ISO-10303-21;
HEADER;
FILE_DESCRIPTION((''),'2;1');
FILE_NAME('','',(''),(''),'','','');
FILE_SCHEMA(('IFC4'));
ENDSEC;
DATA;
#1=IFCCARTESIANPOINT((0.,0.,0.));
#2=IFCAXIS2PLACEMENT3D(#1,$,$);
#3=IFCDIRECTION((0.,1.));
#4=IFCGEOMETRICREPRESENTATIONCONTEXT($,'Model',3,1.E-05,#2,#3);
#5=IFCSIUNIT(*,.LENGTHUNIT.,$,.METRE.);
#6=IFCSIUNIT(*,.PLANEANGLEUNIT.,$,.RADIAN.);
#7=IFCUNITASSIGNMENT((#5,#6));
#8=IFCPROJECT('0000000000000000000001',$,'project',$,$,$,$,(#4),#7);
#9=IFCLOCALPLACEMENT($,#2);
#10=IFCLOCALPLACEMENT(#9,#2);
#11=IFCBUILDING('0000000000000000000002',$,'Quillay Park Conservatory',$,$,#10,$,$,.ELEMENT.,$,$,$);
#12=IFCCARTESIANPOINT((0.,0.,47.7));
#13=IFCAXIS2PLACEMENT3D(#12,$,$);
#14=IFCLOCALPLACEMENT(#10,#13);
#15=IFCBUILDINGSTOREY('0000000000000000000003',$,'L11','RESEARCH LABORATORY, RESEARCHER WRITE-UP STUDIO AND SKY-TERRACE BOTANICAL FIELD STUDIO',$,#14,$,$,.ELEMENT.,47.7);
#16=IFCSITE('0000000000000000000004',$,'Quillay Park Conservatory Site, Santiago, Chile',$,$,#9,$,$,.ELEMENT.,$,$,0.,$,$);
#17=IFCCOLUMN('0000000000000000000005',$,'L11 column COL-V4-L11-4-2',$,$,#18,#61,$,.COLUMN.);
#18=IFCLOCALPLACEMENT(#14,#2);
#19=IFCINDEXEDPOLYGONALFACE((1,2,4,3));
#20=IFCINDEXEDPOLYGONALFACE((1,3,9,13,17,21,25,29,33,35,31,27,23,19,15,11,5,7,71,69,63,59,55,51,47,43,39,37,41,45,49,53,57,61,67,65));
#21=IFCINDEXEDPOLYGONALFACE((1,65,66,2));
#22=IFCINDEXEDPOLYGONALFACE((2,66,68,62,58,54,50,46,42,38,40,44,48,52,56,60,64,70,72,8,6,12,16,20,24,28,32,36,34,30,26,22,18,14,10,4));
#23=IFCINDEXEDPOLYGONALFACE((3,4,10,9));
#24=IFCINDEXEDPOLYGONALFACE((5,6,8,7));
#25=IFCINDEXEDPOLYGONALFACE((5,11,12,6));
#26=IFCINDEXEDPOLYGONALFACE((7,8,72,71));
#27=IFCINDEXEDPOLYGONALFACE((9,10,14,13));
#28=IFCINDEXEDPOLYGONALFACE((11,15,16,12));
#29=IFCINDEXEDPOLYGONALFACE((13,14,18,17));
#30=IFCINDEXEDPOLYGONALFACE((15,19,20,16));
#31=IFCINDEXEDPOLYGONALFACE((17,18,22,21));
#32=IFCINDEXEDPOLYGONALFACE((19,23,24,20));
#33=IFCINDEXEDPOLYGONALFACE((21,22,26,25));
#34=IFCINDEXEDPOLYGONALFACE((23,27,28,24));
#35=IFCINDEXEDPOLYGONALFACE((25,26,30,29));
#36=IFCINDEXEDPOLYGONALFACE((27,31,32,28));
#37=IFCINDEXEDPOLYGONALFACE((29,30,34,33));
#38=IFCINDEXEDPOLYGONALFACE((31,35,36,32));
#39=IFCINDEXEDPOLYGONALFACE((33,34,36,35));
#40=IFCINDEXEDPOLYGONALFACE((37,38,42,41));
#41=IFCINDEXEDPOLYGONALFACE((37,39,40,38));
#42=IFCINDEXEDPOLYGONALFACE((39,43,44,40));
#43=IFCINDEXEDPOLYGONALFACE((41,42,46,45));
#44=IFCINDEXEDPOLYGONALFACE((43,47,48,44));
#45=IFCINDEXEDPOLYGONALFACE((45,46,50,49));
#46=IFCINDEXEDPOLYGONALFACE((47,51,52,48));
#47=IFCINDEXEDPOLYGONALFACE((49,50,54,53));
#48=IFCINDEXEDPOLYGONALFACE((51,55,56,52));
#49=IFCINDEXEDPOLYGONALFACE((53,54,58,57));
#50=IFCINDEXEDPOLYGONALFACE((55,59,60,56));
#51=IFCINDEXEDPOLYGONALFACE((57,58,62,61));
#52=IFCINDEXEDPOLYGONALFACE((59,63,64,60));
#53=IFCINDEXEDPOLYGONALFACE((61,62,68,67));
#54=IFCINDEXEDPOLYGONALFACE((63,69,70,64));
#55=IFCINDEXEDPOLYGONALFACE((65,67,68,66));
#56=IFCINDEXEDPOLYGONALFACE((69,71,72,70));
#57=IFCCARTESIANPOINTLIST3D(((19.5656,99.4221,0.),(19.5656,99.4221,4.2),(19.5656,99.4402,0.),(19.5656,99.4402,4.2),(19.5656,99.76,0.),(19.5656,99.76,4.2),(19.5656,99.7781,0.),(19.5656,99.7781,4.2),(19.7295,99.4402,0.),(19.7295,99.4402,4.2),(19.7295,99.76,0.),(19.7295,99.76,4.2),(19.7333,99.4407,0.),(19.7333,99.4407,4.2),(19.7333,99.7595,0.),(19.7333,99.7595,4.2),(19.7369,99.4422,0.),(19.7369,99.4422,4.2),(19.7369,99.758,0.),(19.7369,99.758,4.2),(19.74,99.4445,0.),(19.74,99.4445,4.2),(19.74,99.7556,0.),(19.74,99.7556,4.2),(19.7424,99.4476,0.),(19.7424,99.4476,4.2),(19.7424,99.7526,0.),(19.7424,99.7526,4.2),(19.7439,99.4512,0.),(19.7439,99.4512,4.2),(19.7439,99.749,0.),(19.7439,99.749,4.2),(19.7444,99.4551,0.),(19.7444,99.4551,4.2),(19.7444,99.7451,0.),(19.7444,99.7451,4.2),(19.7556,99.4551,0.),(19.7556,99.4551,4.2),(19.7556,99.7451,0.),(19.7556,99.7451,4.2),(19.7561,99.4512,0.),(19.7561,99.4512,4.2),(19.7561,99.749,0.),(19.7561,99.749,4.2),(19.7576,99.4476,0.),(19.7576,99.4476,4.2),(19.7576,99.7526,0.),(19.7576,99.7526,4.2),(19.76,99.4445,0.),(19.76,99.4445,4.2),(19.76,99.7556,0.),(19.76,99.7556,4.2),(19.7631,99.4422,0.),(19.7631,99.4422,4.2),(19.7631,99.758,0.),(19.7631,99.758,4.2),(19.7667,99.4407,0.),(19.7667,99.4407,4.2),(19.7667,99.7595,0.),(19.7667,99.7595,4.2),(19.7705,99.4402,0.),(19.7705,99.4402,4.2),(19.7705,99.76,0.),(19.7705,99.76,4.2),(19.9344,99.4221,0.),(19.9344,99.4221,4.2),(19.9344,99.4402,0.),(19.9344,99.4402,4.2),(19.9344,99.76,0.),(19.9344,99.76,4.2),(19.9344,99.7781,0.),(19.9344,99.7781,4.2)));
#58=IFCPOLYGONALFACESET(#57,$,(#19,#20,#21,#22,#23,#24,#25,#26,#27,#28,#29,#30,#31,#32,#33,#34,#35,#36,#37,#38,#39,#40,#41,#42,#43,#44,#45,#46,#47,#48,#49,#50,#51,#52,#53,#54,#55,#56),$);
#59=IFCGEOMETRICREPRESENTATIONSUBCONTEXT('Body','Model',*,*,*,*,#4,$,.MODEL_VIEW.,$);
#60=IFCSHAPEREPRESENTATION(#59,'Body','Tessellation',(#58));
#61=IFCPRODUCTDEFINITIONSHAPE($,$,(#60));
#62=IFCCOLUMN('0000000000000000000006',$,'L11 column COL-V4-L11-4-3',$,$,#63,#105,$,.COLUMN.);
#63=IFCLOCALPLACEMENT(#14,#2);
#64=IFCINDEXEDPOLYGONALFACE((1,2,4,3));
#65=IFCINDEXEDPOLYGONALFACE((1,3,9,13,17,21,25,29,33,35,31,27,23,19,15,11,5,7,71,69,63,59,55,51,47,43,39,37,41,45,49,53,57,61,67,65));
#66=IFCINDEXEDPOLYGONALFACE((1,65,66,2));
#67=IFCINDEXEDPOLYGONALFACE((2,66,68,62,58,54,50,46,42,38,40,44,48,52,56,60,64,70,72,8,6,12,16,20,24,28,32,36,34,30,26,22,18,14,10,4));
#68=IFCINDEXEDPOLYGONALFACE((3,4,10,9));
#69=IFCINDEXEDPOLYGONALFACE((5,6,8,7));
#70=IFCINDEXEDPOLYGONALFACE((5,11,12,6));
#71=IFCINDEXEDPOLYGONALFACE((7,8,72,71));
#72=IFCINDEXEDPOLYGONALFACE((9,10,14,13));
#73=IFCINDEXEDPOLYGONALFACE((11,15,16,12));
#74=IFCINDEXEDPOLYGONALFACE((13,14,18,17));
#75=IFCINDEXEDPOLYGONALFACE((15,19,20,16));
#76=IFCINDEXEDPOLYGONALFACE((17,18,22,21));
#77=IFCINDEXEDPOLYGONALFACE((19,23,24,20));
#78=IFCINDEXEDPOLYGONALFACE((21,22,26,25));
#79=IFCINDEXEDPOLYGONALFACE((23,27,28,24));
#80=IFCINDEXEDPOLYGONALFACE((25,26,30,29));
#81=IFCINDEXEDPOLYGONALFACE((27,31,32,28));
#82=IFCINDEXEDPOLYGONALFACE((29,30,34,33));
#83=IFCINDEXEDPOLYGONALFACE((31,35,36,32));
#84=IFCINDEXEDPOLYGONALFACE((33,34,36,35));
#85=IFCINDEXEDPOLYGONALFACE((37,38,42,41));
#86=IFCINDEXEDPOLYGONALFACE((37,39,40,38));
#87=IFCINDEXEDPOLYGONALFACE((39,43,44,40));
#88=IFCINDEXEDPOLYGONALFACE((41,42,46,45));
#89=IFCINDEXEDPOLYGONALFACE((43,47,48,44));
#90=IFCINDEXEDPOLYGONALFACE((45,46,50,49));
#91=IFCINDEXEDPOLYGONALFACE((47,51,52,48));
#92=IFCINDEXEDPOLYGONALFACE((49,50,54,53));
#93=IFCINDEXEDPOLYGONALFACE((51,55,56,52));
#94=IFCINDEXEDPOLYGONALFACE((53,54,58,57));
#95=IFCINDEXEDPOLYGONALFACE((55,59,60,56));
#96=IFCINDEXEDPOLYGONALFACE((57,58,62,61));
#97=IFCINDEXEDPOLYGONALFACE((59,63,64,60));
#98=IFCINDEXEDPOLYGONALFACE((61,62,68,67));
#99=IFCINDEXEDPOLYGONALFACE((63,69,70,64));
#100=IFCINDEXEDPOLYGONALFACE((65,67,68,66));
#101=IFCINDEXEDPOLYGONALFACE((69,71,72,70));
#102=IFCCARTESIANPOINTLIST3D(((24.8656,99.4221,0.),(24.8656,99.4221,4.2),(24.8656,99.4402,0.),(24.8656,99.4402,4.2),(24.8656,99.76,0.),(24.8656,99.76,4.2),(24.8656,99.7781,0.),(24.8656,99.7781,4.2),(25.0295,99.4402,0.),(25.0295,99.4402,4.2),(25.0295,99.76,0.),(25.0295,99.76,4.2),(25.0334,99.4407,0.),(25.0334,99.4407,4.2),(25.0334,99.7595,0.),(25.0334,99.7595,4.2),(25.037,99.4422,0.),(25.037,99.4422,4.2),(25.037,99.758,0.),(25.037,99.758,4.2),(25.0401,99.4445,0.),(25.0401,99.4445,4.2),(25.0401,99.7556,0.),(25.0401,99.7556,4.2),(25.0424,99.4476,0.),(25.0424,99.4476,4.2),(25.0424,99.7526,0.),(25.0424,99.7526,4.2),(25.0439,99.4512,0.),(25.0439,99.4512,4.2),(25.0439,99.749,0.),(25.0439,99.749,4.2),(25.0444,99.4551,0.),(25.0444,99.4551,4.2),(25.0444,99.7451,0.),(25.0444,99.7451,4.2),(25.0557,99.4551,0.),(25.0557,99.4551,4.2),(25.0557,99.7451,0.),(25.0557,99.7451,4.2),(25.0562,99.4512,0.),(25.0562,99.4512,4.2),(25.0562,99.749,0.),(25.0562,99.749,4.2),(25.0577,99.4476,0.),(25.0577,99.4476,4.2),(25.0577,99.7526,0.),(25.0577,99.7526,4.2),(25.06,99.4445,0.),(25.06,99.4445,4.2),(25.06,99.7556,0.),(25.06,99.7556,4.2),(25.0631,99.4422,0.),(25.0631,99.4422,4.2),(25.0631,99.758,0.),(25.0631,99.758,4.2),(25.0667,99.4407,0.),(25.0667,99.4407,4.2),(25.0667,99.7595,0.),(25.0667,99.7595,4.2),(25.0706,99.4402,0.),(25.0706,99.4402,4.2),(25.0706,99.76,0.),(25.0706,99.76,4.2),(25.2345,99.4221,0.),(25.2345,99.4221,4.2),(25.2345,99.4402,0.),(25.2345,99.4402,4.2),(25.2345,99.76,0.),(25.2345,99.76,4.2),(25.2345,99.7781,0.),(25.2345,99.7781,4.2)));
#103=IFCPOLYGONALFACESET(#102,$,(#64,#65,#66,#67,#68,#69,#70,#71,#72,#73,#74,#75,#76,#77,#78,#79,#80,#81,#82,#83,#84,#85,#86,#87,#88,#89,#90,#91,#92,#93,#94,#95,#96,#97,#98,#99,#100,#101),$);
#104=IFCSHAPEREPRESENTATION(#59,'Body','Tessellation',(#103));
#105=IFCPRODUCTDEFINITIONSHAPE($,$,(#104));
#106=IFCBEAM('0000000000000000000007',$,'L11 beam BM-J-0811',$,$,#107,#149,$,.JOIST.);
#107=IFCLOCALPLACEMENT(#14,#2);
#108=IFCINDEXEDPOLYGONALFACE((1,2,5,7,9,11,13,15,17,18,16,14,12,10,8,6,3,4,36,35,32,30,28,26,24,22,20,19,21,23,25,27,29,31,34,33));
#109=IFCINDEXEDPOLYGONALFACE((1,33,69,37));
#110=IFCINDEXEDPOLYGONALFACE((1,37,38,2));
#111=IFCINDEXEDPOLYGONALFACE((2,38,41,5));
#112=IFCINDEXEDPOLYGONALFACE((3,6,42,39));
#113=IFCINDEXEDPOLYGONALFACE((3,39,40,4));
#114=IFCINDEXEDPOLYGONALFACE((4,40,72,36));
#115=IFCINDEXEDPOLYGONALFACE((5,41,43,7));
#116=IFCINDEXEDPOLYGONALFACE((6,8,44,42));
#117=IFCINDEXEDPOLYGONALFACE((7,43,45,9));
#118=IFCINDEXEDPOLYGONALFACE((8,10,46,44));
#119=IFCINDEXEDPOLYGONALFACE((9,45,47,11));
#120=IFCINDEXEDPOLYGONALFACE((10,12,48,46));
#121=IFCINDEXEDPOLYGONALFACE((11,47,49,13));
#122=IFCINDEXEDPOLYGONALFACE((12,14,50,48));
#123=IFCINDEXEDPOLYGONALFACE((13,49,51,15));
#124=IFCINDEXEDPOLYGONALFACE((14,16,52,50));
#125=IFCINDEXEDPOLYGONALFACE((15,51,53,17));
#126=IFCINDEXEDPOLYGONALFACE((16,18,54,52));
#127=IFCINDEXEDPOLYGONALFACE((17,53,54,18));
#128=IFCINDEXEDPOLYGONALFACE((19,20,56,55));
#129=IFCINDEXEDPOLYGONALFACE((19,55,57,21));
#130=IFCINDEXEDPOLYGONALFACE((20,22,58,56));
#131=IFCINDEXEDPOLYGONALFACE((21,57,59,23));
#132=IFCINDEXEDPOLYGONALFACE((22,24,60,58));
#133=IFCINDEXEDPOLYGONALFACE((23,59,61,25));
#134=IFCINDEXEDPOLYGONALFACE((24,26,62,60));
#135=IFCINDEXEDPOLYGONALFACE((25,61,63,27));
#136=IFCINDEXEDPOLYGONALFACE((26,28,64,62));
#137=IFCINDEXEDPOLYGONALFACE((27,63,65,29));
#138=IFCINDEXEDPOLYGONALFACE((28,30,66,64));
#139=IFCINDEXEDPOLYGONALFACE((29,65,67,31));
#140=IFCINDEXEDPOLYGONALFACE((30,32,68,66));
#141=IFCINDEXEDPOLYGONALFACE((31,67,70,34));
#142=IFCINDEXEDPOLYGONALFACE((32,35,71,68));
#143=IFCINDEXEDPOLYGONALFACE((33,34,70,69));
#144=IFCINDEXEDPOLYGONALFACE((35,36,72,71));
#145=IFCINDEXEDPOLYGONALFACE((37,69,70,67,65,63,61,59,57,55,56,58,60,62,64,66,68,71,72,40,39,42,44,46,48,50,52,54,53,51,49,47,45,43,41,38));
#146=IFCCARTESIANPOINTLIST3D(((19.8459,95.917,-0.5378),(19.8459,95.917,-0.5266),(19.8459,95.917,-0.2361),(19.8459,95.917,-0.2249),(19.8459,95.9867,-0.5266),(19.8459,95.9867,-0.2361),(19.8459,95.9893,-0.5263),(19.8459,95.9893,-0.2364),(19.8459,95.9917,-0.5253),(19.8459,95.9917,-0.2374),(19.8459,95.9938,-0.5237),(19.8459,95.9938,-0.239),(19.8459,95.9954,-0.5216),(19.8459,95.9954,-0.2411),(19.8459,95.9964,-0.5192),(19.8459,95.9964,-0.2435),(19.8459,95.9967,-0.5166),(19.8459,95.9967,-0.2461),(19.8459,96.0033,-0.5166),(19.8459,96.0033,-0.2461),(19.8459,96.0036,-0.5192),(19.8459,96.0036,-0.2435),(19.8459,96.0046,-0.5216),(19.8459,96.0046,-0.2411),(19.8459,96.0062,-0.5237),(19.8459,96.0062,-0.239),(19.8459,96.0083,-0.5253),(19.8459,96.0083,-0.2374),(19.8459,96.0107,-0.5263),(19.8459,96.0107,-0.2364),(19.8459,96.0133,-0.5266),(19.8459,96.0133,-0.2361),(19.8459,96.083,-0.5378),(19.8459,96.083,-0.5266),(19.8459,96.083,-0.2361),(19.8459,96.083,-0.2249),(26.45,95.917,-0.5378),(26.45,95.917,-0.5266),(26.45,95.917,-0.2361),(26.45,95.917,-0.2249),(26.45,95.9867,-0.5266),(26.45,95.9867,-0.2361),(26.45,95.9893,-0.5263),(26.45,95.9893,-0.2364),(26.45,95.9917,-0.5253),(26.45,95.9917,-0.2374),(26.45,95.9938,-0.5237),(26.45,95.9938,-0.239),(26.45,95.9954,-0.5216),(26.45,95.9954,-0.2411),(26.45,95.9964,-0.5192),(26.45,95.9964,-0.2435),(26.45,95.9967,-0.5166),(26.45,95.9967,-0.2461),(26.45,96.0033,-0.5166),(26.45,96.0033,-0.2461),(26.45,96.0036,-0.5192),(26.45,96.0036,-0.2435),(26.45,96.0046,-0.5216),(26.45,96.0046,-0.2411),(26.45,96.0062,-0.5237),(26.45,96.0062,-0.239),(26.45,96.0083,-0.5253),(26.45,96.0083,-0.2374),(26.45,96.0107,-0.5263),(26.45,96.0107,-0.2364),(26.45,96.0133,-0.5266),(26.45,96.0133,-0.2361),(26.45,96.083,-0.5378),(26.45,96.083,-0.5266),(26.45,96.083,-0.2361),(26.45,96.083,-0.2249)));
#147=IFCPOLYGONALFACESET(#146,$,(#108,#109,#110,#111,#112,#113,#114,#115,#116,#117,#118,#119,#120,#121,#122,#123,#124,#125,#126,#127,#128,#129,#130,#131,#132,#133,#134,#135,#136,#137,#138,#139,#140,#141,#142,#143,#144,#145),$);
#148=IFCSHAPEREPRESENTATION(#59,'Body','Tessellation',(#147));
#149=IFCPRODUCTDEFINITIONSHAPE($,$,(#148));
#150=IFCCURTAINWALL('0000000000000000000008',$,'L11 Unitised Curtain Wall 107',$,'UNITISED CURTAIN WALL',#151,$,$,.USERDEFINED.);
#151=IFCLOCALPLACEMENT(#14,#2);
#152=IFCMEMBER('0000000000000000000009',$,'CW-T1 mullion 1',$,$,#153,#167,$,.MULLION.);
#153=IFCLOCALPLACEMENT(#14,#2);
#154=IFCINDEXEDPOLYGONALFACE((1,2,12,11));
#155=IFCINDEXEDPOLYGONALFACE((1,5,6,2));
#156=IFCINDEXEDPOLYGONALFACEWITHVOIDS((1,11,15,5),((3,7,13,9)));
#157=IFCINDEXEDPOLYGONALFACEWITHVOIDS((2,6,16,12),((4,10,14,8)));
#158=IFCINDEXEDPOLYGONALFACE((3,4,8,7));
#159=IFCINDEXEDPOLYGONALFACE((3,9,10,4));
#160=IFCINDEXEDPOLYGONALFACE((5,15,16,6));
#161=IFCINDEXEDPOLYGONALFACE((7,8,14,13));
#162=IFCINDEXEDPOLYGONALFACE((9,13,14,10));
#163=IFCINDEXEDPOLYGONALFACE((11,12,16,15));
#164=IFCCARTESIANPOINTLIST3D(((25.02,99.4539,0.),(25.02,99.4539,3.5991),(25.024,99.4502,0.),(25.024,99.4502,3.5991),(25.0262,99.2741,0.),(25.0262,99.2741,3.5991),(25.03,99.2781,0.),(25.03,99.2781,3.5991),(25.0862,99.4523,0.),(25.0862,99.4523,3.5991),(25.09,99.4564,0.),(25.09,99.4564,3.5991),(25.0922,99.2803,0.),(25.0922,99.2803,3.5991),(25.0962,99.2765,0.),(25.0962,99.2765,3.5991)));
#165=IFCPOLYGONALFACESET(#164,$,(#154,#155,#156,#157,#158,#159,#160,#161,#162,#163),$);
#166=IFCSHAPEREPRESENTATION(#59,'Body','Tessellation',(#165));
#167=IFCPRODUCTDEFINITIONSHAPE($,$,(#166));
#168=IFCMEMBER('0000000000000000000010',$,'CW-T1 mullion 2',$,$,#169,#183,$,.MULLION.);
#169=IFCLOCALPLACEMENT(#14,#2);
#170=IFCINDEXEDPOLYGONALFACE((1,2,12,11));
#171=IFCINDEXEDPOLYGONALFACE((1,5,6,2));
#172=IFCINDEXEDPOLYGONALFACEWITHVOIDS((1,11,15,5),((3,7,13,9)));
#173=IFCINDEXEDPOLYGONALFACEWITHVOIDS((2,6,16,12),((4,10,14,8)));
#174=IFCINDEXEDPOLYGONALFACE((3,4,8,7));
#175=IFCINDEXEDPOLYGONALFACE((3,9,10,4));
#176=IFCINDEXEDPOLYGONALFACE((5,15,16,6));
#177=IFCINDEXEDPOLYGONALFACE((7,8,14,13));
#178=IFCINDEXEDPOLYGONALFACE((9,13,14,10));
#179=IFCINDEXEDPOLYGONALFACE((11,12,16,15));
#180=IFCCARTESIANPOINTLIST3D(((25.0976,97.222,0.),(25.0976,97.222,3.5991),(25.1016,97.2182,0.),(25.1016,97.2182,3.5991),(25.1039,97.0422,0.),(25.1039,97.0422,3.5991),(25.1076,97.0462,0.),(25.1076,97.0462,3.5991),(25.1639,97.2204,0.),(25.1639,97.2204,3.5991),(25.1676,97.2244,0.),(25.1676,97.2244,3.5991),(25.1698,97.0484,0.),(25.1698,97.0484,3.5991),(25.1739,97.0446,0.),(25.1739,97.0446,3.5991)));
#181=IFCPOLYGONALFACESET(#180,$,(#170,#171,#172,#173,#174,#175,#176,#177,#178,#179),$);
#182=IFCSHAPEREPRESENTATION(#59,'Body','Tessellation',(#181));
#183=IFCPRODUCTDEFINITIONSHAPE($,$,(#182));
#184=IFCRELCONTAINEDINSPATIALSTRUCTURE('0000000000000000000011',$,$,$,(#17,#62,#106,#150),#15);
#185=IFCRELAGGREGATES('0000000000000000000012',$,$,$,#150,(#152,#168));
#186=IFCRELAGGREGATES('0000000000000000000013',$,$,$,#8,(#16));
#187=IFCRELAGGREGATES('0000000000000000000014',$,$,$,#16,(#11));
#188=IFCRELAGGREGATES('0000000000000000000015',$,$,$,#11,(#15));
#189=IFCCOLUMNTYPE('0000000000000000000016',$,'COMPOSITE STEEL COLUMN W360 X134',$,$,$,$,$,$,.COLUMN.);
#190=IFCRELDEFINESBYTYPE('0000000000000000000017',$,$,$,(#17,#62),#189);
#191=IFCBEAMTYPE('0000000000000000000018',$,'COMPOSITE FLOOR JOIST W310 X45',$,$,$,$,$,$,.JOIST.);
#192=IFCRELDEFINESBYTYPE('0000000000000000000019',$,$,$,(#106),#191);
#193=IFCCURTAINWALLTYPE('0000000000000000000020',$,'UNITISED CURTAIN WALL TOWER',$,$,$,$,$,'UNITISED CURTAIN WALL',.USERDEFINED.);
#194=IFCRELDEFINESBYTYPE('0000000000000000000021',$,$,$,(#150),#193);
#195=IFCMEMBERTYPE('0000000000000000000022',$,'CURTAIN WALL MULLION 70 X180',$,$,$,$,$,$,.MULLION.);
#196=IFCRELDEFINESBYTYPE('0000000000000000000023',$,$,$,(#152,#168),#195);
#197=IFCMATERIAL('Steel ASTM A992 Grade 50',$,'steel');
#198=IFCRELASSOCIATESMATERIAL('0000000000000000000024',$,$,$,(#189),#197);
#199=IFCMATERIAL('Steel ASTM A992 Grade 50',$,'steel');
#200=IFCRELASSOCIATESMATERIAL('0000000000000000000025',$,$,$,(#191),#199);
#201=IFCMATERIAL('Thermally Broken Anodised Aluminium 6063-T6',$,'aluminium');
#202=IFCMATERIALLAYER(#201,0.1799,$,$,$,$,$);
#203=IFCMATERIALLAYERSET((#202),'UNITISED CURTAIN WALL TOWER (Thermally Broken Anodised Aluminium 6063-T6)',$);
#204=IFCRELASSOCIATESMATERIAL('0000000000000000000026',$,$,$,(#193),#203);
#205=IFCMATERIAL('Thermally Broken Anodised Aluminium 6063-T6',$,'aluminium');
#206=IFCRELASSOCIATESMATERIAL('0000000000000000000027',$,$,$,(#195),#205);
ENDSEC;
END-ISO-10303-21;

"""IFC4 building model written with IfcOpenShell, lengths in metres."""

from ifc_helpers import new_model, si_unit, direction, frame, origin, origin_2d, place, context, subcontext, project, spatial, hollow_rectangle, i_section, extrude, material, layer, layer_set, material_profile, profile_set, type_object, element, aggregate, save


model = new_model("IFC4")

# Units and contexts
model_context = context("Model", 3, precision=1e-05, world=origin(), true_north=direction((0.0, 1.0)))
body_context = subcontext(model_context, "Body", "Model", "MODEL_VIEW")
ifc_project = project(units=[si_unit("LENGTHUNIT", "METRE"), si_unit("PLANEANGLEUNIT", "RADIAN")], contexts=[model_context])

# Site, building, storey
site_placement = place(None, origin())
site = spatial("IfcSite", under=ifc_project, at=site_placement, Name="Quillay Park Conservatory Site, Santiago, Chile", CompositionType="ELEMENT", RefElevation=0.0)
building_placement = place(site_placement, origin())
building = spatial("IfcBuilding", under=site, at=building_placement, Name="Quillay Park Conservatory", CompositionType="ELEMENT")
storey_placement = place(building_placement, frame((0.0, 0.0, 47.7)))
storey = spatial("IfcBuildingStorey", under=building, at=storey_placement, Name="L11", Description="RESEARCH LABORATORY, RESEARCHER WRITE-UP STUDIO AND SKY-TERRACE BOTANICAL FIELD STUDIO", CompositionType="ELEMENT", Elevation=47.7)

# Columns
ifc_material_1 = material(Name="Steel ASTM A992 Grade 50", Category="steel")
ifc_material_profile_1 = material_profile(ifc_material_1, i_section(OverallWidth=0.3689, OverallDepth=0.356, WebThickness=0.0112, FlangeThickness=0.0181, FilletRadius=0.0149, at=origin_2d()), Name="W360x134")
ifc_profile_set_1 = profile_set([ifc_material_profile_1], Name="Steel ASTM A992 Grade 50")
column_type = type_object("IfcColumnType", Name="COMPOSITE STEEL COLUMN W360 X134", PredefinedType="COLUMN", material=ifc_profile_set_1)
for number, where, z_axis, x_axis, name in (
    (1, (19.75, 99.6001, 0.0), (0.0, 0.0, 1.0), (1.0, 0.0, 0.0), "L11 column COL-V4-L11-4-2"),
    (2, (25.05, 99.6001, 0.0), (0.0, 0.0, 1.0), (1.0, 0.0, 0.0), "L11 column COL-V4-L11-4-3"),
):
    element("IfcColumn", number, at=place(storey_placement, frame(where, z_axis=z_axis, x_axis=x_axis)), inside=storey, type_object=column_type, Name=name, PredefinedType="COLUMN", context=body_context, shape_type="SweptSolid", body=[
        extrude(i_section(OverallWidth=0.3689, OverallDepth=0.356, WebThickness=0.0112, FlangeThickness=0.0181, FilletRadius=0.0149, at=origin_2d()), origin(), (0.0, 0.0, 1.0), 4.2),
    ])

# Beam
ifc_material_2 = material(Name="Steel ASTM A992 Grade 50", Category="steel")
ifc_material_profile_2 = material_profile(ifc_material_2, i_section(OverallWidth=0.166, OverallDepth=0.313, WebThickness=0.0066, FlangeThickness=0.0112, FilletRadius=0.01, at=origin_2d()), Name="W310x45")
ifc_profile_set_2 = profile_set([ifc_material_profile_2], Name="Steel ASTM A992 Grade 50")
beam_type_1 = type_object("IfcBeamType", Name="COMPOSITE FLOOR JOIST W310 X45", PredefinedType="JOIST", material=ifc_profile_set_2)
beam_1_placement = place(storey_placement, frame((19.8459, 96.0, -0.3813), z_axis=(1.0, 0.0, 0.0), x_axis=(0.0, 1.0, 0.0)))
element("IfcBeam", 3, at=beam_1_placement, inside=storey, type_object=beam_type_1, Name="L11 beam BM-J-0811", PredefinedType="JOIST", context=body_context, shape_type="SweptSolid", body=[
    extrude(i_section(OverallWidth=0.166, OverallDepth=0.313, WebThickness=0.0066, FlangeThickness=0.0112, FilletRadius=0.01, at=origin_2d()), origin(), (0.0, 0.0, 1.0), 6.604),
])

# Curtain wall, members
ifc_material_3 = material(Name="Thermally Broken Anodised Aluminium 6063-T6", Category="aluminium")
ifc_layer_1 = layer(ifc_material_3, 0.1799)
ifc_layer_set_1 = layer_set([ifc_layer_1], Name="UNITISED CURTAIN WALL TOWER (Thermally Broken Anodised Aluminium 6063-T6)")
curtain_wall_type = type_object("IfcCurtainWallType", Name="UNITISED CURTAIN WALL TOWER", ElementType="UNITISED CURTAIN WALL", PredefinedType="USERDEFINED", material=ifc_layer_set_1)
curtain_wall_placement = place(storey_placement, origin())
curtain_wall = element("IfcCurtainWall", 4, at=curtain_wall_placement, inside=storey, type_object=curtain_wall_type, Name="L11 Unitised Curtain Wall 107", ObjectType="UNITISED CURTAIN WALL", PredefinedType="USERDEFINED")
ifc_material_4 = material(Name="Thermally Broken Anodised Aluminium 6063-T6", Category="aluminium")
ifc_material_profile_3 = material_profile(ifc_material_4, hollow_rectangle(XDim=0.0701, YDim=0.1799, WallThickness=0.0039, at=origin_2d()), Name="AL70x180x4")
ifc_profile_set_3 = profile_set([ifc_material_profile_3], Name="Thermally Broken Anodised Aluminium 6063-T6")
member_type_1 = type_object("IfcMemberType", Name="CURTAIN WALL MULLION 70 X180", PredefinedType="MULLION", material=ifc_profile_set_3)
member_1_placement = place(storey_placement, frame((25.0581, 99.3652, 0.0), z_axis=(0.0, 0.0, 1.0), x_axis=(0.999397, 0.034713, 0.0)))
member_1 = element("IfcMember", 5, at=member_1_placement, type_object=member_type_1, Name="CW-T1 mullion 1", PredefinedType="MULLION", context=body_context, shape_type="SweptSolid", body=[
    extrude(hollow_rectangle(XDim=0.0701, YDim=0.1799, WallThickness=0.0039, at=origin_2d()), origin(), (0.0, 0.0, 1.0), 3.5991),
])
member_2_placement = place(storey_placement, frame((25.1357, 97.1333, 0.0), z_axis=(0.0, 0.0, 1.0), x_axis=(0.999397, 0.034713, 0.0)))
member_2 = element("IfcMember", 6, at=member_2_placement, type_object=member_type_1, Name="CW-T1 mullion 2", PredefinedType="MULLION", context=body_context, shape_type="SweptSolid", body=[
    extrude(hollow_rectangle(XDim=0.0701, YDim=0.1799, WallThickness=0.0039, at=origin_2d()), origin(), (0.0, 0.0, 1.0), 3.5991),
])

aggregate(curtain_wall, [member_1, member_2])

save(model, "model.ifc")
